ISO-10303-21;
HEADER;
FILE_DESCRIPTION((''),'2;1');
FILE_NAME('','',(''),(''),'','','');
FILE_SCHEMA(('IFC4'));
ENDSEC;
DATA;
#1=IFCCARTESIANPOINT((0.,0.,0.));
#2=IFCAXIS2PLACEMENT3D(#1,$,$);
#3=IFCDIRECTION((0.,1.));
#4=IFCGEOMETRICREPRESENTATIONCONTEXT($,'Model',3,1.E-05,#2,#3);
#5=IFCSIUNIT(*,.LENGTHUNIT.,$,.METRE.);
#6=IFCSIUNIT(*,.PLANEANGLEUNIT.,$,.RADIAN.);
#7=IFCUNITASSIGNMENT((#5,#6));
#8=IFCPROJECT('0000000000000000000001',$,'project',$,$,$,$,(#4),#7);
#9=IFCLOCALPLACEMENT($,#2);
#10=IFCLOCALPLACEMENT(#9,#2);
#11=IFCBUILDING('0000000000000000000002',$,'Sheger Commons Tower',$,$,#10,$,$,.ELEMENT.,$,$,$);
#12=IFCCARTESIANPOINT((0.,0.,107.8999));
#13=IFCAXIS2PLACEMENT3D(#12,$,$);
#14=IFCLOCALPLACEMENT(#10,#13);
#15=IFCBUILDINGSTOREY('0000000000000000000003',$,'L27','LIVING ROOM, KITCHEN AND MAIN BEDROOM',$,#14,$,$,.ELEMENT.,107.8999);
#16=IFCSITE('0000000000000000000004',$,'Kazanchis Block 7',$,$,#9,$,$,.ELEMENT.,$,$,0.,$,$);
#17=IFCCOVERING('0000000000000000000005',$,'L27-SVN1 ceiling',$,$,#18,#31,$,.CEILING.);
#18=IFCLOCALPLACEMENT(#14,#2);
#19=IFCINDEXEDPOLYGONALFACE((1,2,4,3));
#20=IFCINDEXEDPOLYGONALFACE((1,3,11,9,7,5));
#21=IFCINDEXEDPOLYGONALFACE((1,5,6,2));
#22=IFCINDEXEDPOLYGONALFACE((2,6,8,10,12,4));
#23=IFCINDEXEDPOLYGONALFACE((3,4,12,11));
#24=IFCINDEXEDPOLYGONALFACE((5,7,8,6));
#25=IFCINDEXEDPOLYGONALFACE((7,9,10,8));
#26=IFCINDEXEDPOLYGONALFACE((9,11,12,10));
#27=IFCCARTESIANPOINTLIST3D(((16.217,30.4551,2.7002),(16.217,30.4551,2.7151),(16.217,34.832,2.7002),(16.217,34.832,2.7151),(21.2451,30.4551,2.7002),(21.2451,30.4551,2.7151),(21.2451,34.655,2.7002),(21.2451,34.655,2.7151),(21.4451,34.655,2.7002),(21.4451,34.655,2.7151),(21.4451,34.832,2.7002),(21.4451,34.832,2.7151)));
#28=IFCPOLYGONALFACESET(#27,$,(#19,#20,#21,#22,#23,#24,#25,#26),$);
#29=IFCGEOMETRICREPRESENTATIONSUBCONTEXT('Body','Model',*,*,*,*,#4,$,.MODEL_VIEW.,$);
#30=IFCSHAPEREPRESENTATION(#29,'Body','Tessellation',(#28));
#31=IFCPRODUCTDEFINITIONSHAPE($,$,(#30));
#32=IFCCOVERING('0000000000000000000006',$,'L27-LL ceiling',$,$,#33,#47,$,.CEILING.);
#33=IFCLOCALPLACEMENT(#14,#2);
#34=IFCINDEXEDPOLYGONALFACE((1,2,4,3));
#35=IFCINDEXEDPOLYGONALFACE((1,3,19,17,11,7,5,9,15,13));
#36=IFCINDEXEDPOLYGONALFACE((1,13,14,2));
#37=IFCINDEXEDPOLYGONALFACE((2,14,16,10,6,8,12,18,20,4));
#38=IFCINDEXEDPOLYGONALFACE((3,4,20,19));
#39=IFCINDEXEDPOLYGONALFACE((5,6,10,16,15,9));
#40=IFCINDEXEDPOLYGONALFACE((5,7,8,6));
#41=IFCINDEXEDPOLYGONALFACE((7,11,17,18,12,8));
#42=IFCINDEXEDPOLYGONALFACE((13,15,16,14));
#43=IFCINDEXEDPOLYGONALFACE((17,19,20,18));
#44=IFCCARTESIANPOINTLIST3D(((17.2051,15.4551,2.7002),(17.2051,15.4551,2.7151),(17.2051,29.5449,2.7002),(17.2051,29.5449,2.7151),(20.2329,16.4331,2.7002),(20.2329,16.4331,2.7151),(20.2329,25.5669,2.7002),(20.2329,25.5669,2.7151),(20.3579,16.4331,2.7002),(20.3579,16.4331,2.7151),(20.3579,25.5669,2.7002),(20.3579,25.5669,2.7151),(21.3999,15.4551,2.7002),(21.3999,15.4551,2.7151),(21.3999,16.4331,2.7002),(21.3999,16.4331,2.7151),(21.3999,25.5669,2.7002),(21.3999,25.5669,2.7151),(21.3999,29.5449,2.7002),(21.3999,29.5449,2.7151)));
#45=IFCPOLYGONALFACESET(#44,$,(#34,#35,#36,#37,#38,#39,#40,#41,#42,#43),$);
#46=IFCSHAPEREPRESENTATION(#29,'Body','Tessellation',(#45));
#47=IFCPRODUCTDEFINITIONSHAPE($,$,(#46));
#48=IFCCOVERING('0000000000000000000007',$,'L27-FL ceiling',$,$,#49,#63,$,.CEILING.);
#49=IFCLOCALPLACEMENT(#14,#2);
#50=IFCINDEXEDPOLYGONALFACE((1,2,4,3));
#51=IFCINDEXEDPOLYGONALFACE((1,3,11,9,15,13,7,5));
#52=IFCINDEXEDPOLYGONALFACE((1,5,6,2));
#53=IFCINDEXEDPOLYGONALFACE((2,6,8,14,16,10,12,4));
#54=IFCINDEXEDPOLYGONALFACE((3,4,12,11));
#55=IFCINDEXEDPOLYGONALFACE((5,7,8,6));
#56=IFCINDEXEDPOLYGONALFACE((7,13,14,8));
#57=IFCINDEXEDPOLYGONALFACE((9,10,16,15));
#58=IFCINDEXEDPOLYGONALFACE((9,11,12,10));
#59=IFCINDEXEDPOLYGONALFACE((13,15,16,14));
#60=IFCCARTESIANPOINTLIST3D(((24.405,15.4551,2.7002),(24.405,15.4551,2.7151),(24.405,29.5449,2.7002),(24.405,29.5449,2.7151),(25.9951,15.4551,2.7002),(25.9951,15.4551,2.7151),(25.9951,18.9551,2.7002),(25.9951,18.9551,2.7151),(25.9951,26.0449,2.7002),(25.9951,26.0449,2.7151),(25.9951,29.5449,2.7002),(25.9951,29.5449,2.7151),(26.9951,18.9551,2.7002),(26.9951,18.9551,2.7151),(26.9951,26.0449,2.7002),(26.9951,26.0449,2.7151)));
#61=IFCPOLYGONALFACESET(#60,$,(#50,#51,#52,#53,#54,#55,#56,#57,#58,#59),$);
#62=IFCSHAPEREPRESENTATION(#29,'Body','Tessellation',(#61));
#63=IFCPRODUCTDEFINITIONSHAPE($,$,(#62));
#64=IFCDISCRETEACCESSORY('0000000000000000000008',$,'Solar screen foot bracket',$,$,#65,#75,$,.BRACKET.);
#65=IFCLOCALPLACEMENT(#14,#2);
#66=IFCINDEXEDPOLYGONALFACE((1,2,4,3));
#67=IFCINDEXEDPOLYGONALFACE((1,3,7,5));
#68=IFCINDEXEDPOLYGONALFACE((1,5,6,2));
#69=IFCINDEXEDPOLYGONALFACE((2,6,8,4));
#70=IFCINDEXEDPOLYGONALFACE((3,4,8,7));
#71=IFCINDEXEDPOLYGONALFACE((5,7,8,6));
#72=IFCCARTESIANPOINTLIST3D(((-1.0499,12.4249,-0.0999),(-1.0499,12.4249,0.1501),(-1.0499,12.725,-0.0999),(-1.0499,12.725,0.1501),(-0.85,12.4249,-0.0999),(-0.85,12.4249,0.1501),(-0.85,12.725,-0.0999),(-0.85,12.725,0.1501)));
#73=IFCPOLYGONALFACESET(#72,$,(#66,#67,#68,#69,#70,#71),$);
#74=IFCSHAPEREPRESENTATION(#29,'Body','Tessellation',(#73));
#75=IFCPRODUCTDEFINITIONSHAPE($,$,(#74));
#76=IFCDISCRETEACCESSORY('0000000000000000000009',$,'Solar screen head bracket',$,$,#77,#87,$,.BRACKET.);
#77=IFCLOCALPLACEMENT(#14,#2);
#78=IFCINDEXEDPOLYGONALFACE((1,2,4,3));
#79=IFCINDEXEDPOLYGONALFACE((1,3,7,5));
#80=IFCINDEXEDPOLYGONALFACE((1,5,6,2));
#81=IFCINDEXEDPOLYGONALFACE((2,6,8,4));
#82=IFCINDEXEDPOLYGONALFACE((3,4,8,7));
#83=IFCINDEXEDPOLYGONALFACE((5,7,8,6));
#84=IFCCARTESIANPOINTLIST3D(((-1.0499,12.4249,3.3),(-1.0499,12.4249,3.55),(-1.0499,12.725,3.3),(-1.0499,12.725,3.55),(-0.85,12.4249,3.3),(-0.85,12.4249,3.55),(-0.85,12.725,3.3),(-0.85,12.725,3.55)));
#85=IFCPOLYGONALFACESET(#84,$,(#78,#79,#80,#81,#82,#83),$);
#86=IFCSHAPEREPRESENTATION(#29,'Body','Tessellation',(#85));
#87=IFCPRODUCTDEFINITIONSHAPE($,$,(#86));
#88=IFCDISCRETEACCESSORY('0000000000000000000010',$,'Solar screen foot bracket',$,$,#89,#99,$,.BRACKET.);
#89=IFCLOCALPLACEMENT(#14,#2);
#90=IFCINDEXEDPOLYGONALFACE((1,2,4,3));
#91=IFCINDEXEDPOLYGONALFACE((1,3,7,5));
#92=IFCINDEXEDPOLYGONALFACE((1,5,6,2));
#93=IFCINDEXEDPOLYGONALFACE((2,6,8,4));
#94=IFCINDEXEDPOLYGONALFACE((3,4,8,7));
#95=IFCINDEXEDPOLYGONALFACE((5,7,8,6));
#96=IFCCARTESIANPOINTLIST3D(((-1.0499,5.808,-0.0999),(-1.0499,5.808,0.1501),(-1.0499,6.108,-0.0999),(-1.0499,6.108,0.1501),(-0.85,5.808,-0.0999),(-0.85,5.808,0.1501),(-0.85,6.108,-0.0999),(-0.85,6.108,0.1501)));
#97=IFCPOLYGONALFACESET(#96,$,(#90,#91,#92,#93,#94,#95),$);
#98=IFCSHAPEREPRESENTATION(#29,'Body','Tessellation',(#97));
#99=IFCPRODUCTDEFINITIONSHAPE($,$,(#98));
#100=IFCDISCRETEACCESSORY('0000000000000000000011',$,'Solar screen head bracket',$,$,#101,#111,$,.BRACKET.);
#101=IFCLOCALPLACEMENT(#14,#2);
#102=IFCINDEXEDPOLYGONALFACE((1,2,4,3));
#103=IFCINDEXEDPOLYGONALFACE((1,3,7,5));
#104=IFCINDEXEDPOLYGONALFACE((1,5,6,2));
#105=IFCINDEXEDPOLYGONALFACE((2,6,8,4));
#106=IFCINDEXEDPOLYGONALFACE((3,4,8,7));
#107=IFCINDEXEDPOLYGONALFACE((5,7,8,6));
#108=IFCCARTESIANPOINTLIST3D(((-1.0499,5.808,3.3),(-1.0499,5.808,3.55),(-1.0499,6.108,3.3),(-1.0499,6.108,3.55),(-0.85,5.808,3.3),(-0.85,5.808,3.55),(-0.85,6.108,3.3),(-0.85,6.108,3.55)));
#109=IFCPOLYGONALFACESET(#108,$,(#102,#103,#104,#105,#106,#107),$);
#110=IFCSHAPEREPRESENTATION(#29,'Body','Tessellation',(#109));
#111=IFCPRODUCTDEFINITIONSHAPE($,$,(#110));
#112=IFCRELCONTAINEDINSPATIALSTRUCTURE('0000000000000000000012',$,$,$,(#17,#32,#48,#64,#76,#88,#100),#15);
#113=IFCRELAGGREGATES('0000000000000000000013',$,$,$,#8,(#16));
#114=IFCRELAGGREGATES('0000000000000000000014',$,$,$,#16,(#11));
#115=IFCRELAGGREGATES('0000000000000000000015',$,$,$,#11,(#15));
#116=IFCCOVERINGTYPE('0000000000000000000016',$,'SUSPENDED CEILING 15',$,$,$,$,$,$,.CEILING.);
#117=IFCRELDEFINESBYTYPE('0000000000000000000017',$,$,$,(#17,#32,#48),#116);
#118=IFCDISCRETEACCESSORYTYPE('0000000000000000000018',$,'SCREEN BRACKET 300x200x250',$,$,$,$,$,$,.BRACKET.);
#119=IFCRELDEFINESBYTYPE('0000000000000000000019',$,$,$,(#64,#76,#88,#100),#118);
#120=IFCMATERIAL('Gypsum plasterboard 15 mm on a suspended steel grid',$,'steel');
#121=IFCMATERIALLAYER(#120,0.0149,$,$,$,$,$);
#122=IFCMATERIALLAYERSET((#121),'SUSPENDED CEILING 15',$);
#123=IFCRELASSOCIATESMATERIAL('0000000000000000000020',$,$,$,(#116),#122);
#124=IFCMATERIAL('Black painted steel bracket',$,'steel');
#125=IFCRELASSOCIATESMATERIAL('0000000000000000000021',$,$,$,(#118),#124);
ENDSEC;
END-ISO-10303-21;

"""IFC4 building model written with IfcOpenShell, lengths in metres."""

from ifc_helpers import new_model, si_unit, direction, frame, origin, origin_2d, place, context, subcontext, project, spatial, polyline, rectangle, outline, extrude, material, layer, layer_set, type_object, element, save


model = new_model("IFC4")

# Units and contexts
model_context = context("Model", 3, precision=1e-05, world=origin(), true_north=direction((0.0, 1.0)))
body_context = subcontext(model_context, "Body", "Model", "MODEL_VIEW")
ifc_project = project(units=[si_unit("LENGTHUNIT", "METRE"), si_unit("PLANEANGLEUNIT", "RADIAN")], contexts=[model_context])

# Site, building, storey
site_placement = place(None, origin())
site = spatial("IfcSite", under=ifc_project, at=site_placement, Name="Kazanchis Block 7", CompositionType="ELEMENT", RefElevation=0.0)
building_placement = place(site_placement, origin())
building = spatial("IfcBuilding", under=site, at=building_placement, Name="Sheger Commons Tower", CompositionType="ELEMENT")
storey_placement = place(building_placement, frame((0.0, 0.0, 107.8999)))
storey = spatial("IfcBuildingStorey", under=building, at=storey_placement, Name="L27", Description="LIVING ROOM, KITCHEN AND MAIN BEDROOM", CompositionType="ELEMENT", Elevation=107.8999)

# Coverings
ifc_material_1 = material(Name="Gypsum plasterboard 15 mm on a suspended steel grid", Category="steel")
ifc_layer_1 = layer(ifc_material_1, 0.0149)
ifc_layer_set_1 = layer_set([ifc_layer_1], Name="SUSPENDED CEILING 15")
covering_type_1 = type_object("IfcCoveringType", Name="SUSPENDED CEILING 15", PredefinedType="CEILING", material=ifc_layer_set_1)
covering_1_placement = place(storey_placement, frame((0.0, 0.0, 2.7002)))
element("IfcCovering", 1, at=covering_1_placement, inside=storey, type_object=covering_type_1, Name="L27-SVN1 ceiling", PredefinedType="CEILING", context=body_context, shape_type="SweptSolid", body=[
    extrude(outline(polyline([(16.217, 30.4551), (21.2451, 30.4551), (21.2451, 34.655), (21.4451, 34.655), (21.4451, 34.832), (16.217, 34.832), (16.217, 30.4551)])), origin(), (0.0, 0.0, 1.0), 0.0149),
])
covering_2_placement = place(storey_placement, frame((0.0, 0.0, 2.7002)))
element("IfcCovering", 2, at=covering_2_placement, inside=storey, type_object=covering_type_1, Name="L27-LL ceiling", PredefinedType="CEILING", context=body_context, shape_type="SweptSolid", body=[
    extrude(outline(polyline([(17.2051, 15.4551), (21.3999, 15.4551), (21.3999, 16.4331), (20.3579, 16.4331), (20.2329, 16.4331), (20.2329, 25.5669), (20.3579, 25.5669), (21.3999, 25.5669), (21.3999, 29.5449), (17.2051, 29.5449), (17.2051, 15.4551)])), origin(), (0.0, 0.0, 1.0), 0.0149),
])
covering_3_placement = place(storey_placement, frame((0.0, 0.0, 2.7002)))
element("IfcCovering", 3, at=covering_3_placement, inside=storey, type_object=covering_type_1, Name="L27-FL ceiling", PredefinedType="CEILING", context=body_context, shape_type="SweptSolid", body=[
    extrude(outline(polyline([(24.405, 15.4551), (25.9951, 15.4551), (25.9951, 18.9551), (26.9951, 18.9551), (26.9951, 26.0449), (25.9951, 26.0449), (25.9951, 29.5449), (24.405, 29.5449), (24.405, 15.4551)])), origin(), (0.0, 0.0, 1.0), 0.0149),
])

# Discrete accessories
ifc_material_2 = material(Name="Black painted steel bracket", Category="steel")
discrete_accessory_type = type_object("IfcDiscreteAccessoryType", Name="SCREEN BRACKET 300x200x250", PredefinedType="BRACKET", material=ifc_material_2)
for number, where, z_axis, x_axis, name in (
    (4, (-0.95, 12.575, -0.0999), (0.0, 0.0, 1.0), (0.0, -1.0, 0.0), "Solar screen foot bracket"),
    (5, (-0.95, 12.575, 3.3), (0.0, 0.0, 1.0), (0.0, -1.0, 0.0), "Solar screen head bracket"),
    (6, (-0.95, 5.958, -0.0999), (0.0, 0.0, 1.0), (0.0, -1.0, 0.0), "Solar screen foot bracket"),
    (7, (-0.95, 5.958, 3.3), (0.0, 0.0, 1.0), (0.0, -1.0, 0.0), "Solar screen head bracket"),
):
    element("IfcDiscreteAccessory", number, at=place(storey_placement, frame(where, z_axis=z_axis, x_axis=x_axis)), inside=storey, type_object=discrete_accessory_type, Name=name, PredefinedType="BRACKET", context=body_context, shape_type="SweptSolid", body=[
        extrude(rectangle(XDim=0.3, YDim=0.2, at=origin_2d()), origin(), (0.0, 0.0, 1.0), 0.25),
    ])

save(model, "model.ifc")
